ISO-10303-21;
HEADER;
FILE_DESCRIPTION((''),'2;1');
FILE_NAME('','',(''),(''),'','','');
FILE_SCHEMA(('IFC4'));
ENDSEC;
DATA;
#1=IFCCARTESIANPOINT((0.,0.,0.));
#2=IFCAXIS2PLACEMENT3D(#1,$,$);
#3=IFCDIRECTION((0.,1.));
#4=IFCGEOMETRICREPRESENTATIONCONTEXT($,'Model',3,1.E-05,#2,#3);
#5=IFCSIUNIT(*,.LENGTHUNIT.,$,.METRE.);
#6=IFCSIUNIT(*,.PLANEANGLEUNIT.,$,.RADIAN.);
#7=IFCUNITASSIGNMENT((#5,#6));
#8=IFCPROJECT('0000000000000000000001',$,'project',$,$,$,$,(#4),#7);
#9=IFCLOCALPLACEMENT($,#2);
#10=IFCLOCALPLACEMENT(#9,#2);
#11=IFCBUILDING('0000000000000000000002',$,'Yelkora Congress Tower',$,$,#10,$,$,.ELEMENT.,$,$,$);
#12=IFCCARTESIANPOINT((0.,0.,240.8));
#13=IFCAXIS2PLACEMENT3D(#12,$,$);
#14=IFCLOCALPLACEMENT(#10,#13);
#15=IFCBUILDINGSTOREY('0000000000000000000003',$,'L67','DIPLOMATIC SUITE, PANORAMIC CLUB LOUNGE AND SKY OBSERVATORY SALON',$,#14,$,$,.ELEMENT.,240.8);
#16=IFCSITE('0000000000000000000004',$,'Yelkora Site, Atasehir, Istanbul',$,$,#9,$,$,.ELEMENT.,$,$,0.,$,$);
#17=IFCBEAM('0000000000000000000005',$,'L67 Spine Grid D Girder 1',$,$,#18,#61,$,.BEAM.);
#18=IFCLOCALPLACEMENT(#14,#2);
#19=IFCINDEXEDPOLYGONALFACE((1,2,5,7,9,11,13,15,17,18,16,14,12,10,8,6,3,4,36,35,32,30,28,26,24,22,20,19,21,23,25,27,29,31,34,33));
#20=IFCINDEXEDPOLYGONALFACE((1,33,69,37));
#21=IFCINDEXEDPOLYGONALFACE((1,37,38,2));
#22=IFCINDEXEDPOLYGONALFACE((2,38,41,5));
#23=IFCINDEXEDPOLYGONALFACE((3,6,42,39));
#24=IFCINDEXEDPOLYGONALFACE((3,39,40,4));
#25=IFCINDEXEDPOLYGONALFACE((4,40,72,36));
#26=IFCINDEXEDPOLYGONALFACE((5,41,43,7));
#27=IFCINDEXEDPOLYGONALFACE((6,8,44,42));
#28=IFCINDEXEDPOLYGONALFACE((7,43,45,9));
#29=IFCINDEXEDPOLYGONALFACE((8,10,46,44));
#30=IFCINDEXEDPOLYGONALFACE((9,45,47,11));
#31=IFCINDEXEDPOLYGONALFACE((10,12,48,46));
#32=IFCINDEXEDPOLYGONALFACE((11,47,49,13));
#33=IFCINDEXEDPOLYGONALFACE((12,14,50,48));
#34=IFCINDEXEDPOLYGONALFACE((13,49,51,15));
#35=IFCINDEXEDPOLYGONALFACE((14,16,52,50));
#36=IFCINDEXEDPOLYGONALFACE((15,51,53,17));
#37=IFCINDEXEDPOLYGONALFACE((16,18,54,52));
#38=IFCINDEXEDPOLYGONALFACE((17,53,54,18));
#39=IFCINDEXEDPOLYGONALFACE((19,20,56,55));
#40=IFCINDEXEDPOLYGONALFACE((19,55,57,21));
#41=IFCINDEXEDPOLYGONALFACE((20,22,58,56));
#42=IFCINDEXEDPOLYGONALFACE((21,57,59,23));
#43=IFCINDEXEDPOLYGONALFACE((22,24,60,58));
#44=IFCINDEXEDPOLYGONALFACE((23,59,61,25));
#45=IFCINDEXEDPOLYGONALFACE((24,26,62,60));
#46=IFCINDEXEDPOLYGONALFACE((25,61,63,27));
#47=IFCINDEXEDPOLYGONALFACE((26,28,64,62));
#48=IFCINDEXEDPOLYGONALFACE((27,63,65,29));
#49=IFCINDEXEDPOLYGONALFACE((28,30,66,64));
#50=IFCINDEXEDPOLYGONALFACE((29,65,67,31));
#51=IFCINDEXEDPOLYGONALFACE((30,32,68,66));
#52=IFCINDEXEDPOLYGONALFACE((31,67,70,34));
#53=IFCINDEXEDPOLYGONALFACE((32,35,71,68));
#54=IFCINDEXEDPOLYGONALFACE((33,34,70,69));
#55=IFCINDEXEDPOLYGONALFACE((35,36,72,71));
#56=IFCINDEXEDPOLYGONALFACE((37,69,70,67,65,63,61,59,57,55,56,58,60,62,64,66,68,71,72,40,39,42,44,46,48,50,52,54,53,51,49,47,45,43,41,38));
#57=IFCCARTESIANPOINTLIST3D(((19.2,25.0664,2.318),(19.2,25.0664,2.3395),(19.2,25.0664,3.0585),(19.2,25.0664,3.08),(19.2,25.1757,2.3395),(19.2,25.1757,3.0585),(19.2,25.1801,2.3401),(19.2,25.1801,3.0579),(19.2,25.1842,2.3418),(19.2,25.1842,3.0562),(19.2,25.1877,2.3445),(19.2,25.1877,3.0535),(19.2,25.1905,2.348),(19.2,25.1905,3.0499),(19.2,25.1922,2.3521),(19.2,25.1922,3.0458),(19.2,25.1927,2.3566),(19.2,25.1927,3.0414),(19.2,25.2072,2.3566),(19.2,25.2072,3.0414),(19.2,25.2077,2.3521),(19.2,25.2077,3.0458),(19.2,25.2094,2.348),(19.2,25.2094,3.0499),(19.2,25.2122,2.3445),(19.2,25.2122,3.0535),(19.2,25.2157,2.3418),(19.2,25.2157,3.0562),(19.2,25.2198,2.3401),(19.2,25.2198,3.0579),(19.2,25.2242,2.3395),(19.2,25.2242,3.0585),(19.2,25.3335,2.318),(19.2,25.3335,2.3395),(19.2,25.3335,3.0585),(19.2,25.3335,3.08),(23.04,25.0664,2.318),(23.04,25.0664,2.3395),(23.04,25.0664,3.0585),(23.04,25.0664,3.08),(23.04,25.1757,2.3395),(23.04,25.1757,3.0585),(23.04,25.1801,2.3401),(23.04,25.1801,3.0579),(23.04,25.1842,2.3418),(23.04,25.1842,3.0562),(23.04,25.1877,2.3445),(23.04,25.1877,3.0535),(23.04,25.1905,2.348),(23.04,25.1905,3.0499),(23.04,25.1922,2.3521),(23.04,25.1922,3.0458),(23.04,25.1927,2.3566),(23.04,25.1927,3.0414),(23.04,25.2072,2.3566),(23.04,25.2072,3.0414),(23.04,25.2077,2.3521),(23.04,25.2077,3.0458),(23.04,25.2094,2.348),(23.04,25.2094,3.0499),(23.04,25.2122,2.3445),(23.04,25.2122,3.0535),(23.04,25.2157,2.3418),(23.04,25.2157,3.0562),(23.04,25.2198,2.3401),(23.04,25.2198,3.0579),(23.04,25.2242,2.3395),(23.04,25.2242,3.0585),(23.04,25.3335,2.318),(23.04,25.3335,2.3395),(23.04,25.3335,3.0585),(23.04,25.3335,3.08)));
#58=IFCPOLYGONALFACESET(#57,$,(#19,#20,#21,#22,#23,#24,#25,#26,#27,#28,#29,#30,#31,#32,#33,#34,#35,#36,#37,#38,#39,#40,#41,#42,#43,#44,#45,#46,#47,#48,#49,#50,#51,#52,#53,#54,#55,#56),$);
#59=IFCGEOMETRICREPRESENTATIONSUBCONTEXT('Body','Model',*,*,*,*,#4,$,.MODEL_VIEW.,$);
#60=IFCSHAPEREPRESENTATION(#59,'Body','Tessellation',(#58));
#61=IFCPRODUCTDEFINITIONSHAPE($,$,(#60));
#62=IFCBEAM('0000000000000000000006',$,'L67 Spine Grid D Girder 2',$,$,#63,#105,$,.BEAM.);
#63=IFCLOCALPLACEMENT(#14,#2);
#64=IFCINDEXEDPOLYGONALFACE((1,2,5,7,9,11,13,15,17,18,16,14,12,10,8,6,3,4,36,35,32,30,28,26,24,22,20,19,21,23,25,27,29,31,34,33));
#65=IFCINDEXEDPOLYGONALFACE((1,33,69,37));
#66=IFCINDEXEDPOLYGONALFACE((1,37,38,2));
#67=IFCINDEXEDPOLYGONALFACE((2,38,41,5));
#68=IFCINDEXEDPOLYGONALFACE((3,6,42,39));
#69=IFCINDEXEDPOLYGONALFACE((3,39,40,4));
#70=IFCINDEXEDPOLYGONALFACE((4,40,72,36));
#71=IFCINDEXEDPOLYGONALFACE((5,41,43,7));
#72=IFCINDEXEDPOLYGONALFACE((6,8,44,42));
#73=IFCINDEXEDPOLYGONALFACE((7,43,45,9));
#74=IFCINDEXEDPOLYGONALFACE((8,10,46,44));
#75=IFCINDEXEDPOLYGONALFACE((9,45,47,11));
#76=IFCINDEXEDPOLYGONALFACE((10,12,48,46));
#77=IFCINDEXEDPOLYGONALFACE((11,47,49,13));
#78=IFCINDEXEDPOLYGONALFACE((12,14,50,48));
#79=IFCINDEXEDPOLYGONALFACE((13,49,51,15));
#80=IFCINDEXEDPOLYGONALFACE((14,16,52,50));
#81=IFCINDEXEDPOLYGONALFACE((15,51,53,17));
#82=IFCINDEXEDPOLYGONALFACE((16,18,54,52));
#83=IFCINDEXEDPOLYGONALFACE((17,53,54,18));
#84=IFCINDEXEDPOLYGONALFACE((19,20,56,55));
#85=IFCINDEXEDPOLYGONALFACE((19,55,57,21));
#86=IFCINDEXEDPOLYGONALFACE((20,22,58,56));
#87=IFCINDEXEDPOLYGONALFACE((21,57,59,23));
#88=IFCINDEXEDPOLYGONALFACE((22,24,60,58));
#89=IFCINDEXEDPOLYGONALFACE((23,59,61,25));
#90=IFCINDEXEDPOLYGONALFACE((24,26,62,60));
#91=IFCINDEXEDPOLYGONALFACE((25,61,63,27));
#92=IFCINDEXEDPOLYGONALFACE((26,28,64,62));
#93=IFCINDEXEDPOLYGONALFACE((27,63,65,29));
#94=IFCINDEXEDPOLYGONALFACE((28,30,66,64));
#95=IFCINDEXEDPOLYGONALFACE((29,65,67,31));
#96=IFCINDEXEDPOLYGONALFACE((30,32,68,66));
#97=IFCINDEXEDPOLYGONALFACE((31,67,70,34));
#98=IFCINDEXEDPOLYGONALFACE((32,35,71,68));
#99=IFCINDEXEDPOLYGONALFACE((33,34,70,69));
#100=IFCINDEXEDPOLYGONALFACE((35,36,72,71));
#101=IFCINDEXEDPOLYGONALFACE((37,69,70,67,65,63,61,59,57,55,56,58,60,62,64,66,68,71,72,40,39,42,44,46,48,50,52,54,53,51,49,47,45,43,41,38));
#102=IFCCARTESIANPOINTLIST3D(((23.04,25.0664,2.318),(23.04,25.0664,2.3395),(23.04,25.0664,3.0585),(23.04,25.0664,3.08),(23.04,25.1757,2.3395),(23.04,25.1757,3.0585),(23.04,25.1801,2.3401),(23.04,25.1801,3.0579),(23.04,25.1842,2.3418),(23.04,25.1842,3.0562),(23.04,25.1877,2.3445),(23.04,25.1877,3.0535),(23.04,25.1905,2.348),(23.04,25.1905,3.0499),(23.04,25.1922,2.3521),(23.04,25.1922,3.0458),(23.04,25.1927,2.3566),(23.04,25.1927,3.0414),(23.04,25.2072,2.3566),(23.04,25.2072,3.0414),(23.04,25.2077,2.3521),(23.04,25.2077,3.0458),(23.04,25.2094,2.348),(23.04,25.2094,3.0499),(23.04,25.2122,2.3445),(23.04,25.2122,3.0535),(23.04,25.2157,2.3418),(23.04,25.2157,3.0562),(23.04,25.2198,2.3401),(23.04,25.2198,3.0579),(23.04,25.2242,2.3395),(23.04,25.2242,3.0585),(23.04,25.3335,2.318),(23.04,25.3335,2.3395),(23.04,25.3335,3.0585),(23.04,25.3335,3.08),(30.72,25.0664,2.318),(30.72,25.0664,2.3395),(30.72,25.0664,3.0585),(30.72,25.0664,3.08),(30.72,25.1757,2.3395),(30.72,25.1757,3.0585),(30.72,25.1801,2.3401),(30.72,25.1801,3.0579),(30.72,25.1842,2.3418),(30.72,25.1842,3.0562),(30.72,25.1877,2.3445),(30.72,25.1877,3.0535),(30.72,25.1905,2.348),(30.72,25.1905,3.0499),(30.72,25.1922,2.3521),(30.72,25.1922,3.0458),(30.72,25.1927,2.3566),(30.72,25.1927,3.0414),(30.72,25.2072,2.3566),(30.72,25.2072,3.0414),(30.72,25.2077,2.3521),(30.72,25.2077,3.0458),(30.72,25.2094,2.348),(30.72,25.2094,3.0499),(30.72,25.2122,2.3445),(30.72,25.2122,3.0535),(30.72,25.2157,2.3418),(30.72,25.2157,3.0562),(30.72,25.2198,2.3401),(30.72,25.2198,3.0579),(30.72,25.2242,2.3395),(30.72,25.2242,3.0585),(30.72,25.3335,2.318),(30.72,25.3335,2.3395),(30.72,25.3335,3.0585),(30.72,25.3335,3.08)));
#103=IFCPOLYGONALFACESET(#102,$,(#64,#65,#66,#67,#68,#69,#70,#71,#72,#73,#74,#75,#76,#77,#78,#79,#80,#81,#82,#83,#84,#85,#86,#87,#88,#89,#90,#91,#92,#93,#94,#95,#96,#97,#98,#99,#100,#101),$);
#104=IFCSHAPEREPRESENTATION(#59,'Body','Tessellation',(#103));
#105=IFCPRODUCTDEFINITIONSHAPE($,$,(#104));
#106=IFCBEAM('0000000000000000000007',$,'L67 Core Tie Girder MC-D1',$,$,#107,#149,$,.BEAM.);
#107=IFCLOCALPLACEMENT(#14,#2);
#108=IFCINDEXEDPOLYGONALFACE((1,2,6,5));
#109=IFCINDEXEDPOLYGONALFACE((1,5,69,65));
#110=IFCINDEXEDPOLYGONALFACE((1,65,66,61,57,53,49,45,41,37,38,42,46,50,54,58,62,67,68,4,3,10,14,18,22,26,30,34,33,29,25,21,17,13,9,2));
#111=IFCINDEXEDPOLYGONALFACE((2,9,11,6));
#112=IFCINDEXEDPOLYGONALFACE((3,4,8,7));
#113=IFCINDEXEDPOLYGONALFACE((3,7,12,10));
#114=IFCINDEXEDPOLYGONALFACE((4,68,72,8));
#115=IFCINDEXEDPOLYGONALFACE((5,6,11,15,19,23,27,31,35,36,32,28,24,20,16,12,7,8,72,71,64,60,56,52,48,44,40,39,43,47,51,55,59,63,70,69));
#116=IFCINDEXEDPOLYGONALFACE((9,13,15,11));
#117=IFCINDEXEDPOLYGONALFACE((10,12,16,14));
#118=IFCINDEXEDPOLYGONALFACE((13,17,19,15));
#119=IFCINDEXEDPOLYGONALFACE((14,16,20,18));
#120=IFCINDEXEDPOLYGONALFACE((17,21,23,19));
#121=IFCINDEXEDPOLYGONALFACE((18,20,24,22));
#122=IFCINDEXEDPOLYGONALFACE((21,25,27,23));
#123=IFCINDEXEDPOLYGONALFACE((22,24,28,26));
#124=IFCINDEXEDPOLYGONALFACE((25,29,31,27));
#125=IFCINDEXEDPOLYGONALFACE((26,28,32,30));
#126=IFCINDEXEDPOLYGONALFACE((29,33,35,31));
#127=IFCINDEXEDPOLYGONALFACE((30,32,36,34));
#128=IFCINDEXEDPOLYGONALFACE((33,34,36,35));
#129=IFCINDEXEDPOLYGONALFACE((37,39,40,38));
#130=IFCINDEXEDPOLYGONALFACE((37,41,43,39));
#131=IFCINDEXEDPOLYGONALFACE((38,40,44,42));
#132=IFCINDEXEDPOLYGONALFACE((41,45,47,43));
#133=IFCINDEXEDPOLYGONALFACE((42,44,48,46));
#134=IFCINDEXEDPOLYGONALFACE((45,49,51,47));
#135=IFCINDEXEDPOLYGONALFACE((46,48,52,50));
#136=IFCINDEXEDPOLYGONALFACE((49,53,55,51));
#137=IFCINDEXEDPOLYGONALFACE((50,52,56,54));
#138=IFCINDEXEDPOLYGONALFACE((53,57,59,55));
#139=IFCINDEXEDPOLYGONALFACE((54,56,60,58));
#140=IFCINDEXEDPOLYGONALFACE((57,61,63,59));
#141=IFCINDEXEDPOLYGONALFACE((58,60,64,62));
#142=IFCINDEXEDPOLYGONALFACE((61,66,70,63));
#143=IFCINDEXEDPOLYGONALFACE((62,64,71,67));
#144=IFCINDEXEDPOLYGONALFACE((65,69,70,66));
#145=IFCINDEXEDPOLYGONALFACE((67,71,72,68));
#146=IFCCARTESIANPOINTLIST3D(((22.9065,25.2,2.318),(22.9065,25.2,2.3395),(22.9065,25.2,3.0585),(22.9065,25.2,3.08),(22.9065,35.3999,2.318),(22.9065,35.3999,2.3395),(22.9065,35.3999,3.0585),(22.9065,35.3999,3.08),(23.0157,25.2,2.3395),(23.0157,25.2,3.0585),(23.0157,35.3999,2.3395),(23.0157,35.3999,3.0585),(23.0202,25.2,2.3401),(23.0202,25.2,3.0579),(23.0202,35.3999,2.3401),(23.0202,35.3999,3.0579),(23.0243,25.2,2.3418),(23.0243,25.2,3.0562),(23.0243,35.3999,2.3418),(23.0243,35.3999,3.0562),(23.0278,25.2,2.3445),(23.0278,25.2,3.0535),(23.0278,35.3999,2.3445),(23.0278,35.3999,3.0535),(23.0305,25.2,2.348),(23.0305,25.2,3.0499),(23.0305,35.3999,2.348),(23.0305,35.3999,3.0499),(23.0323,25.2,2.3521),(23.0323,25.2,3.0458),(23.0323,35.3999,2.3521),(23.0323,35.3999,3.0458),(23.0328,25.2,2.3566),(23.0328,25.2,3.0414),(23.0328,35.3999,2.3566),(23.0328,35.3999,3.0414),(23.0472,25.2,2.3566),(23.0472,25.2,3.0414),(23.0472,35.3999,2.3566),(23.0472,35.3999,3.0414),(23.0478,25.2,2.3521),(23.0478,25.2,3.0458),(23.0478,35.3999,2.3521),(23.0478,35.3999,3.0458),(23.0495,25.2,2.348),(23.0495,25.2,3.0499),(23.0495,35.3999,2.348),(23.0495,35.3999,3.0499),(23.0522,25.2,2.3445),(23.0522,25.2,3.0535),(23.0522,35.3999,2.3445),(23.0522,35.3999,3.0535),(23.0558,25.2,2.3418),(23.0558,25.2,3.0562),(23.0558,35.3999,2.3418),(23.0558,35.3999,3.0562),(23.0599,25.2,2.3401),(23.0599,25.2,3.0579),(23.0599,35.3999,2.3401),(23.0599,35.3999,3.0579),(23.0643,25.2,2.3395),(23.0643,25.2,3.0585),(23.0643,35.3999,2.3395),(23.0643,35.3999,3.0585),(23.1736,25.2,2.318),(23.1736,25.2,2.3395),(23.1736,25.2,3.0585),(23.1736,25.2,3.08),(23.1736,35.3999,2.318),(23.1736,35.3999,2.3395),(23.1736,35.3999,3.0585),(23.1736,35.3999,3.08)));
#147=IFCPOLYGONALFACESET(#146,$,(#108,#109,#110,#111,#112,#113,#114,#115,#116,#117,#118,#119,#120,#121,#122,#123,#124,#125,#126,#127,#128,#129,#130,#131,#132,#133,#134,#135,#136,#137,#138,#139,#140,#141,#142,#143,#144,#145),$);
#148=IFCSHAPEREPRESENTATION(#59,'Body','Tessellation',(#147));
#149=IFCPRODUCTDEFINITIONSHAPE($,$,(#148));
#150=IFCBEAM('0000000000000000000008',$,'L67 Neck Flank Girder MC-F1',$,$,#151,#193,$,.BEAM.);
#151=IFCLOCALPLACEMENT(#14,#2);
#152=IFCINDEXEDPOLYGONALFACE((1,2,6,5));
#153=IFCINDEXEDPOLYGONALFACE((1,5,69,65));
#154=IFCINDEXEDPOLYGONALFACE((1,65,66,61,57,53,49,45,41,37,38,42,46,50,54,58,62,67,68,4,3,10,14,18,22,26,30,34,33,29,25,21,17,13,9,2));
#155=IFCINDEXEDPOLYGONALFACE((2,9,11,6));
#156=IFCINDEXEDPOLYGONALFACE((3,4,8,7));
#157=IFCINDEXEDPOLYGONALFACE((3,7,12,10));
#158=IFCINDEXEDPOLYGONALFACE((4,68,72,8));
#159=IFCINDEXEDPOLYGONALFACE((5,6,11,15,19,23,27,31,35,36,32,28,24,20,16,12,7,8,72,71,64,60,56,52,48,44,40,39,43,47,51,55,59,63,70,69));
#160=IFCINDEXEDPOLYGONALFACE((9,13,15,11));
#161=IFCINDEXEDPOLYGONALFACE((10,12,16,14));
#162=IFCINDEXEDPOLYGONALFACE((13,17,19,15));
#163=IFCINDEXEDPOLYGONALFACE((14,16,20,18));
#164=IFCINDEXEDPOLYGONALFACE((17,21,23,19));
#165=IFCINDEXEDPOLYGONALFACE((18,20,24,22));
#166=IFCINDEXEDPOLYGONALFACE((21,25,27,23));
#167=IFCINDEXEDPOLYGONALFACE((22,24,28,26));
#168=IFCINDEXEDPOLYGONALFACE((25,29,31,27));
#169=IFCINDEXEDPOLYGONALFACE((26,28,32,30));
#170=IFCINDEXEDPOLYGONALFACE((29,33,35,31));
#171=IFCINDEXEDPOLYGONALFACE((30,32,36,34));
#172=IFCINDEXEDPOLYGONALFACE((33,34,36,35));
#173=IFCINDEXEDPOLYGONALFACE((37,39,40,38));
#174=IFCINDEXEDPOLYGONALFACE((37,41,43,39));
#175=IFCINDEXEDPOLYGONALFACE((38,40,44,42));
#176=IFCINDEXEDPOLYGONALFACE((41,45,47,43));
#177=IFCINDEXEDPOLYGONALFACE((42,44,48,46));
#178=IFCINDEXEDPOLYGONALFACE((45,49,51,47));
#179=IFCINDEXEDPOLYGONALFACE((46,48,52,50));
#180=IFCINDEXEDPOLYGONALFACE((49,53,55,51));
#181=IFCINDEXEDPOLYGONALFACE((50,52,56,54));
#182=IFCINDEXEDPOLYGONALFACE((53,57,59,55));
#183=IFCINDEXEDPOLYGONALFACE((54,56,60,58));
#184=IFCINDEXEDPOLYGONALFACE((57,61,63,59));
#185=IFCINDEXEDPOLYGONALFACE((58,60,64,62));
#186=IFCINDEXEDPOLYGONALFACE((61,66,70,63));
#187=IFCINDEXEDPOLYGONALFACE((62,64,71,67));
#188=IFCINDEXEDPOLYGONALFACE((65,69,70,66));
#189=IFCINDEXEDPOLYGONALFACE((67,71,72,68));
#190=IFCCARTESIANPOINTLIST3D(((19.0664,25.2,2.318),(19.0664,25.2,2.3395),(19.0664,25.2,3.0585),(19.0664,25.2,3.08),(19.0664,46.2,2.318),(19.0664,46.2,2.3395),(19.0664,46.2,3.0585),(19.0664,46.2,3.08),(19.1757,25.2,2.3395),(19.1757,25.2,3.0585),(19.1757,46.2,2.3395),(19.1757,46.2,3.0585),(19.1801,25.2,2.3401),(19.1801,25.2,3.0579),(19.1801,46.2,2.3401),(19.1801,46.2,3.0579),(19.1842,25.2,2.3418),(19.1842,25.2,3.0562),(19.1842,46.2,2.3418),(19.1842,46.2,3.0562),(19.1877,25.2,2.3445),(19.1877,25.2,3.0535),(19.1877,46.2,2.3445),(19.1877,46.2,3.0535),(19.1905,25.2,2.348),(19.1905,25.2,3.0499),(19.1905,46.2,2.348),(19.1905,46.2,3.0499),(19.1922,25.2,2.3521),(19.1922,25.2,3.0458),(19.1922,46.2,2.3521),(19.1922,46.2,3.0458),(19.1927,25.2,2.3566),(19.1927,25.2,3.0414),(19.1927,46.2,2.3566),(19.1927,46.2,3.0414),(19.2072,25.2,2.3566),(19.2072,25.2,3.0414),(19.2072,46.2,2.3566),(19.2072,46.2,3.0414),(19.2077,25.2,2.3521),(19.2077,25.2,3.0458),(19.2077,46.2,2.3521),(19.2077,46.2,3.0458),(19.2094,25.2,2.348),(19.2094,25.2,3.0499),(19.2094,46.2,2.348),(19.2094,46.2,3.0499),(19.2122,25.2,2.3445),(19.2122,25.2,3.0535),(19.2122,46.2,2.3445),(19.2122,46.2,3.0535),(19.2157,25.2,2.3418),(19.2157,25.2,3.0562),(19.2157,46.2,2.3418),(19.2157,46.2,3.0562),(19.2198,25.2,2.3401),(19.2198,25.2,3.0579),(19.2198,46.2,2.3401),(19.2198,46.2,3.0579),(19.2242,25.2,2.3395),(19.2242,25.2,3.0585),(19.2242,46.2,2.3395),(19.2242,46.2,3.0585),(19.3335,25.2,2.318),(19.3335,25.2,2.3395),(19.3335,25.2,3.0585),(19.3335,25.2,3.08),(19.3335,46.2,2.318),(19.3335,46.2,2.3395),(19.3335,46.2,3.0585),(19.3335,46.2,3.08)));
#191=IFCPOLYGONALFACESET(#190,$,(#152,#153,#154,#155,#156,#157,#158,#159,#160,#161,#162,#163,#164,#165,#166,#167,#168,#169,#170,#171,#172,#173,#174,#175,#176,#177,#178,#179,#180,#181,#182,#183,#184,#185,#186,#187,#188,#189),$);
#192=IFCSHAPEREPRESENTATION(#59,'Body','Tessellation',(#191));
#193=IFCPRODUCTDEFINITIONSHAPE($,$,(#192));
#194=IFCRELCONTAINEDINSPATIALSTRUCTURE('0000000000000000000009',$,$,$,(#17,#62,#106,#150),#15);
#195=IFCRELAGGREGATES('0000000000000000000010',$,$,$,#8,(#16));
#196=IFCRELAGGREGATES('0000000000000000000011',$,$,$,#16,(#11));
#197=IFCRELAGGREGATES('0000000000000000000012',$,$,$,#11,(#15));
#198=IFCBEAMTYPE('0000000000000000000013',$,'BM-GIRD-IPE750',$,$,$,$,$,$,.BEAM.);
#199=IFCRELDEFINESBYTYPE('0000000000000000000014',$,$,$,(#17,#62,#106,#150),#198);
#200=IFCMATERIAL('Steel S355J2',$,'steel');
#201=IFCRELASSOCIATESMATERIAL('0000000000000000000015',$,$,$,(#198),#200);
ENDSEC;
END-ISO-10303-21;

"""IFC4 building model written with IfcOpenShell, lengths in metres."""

from ifc_helpers import new_model, si_unit, direction, frame, origin, origin_2d, place, context, subcontext, project, spatial, i_section, extrude, material, material_profile, profile_set, type_object, element, save


model = new_model("IFC4")

# Units and contexts
model_context = context("Model", 3, precision=1e-05, world=origin(), true_north=direction((0.0, 1.0)))
body_context = subcontext(model_context, "Body", "Model", "MODEL_VIEW")
ifc_project = project(units=[si_unit("LENGTHUNIT", "METRE"), si_unit("PLANEANGLEUNIT", "RADIAN")], contexts=[model_context])

# Site, building, storey
site_placement = place(None, origin())
site = spatial("IfcSite", under=ifc_project, at=site_placement, Name="Yelkora Site, Atasehir, Istanbul", CompositionType="ELEMENT", RefElevation=0.0)
building_placement = place(site_placement, origin())
building = spatial("IfcBuilding", under=site, at=building_placement, Name="Yelkora Congress Tower", CompositionType="ELEMENT")
storey_placement = place(building_placement, frame((0.0, 0.0, 240.8)))
storey = spatial("IfcBuildingStorey", under=building, at=storey_placement, Name="L67", Description="DIPLOMATIC SUITE, PANORAMIC CLUB LOUNGE AND SKY OBSERVATORY SALON", CompositionType="ELEMENT", Elevation=240.8)

# Shared definitions
ifc_material_1 = material(Name="Steel S355J2", Category="steel")

# Beams
ifc_material_profile_1 = material_profile(ifc_material_1, i_section(OverallWidth=0.2671, OverallDepth=0.762, WebThickness=0.0144, FlangeThickness=0.0215, FilletRadius=0.0171, at=origin_2d()), Name="IPE 750x173")
ifc_profile_set_1 = profile_set([ifc_material_profile_1], Name="Steel S355J2")
beam_type_1 = type_object("IfcBeamType", Name="BM-GIRD-IPE750", PredefinedType="BEAM", material=ifc_profile_set_1)
beam_1_placement = place(storey_placement, frame((19.2, 25.2, 2.699), z_axis=(1.0, 0.0, 0.0), x_axis=(0.0, 1.0, 0.0)))
element("IfcBeam", 1, at=beam_1_placement, inside=storey, type_object=beam_type_1, Name="L67 Spine Grid D Girder 1", PredefinedType="BEAM", context=body_context, shape_type="SweptSolid", body=[
    extrude(i_section(OverallWidth=0.2671, OverallDepth=0.762, WebThickness=0.0144, FlangeThickness=0.0215, FilletRadius=0.0171, at=origin_2d()), origin(), (0.0, 0.0, 1.0), 3.8401),
])
beam_2_placement = place(storey_placement, frame((23.04, 25.2, 2.699), z_axis=(1.0, 0.0, 0.0), x_axis=(0.0, 1.0, 0.0)))
element("IfcBeam", 2, at=beam_2_placement, inside=storey, type_object=beam_type_1, Name="L67 Spine Grid D Girder 2", PredefinedType="BEAM", context=body_context, shape_type="SweptSolid", body=[
    extrude(i_section(OverallWidth=0.2671, OverallDepth=0.762, WebThickness=0.0144, FlangeThickness=0.0215, FilletRadius=0.0171, at=origin_2d()), origin(), (0.0, 0.0, 1.0), 7.6799),
])
beam_3_placement = place(storey_placement, frame((23.04, 25.2, 2.699), z_axis=(0.0, 1.0, 0.0), x_axis=(-1.0, 0.0, 0.0)))
element("IfcBeam", 3, at=beam_3_placement, inside=storey, type_object=beam_type_1, Name="L67 Core Tie Girder MC-D1", PredefinedType="BEAM", context=body_context, shape_type="SweptSolid", body=[
    extrude(i_section(OverallWidth=0.2671, OverallDepth=0.762, WebThickness=0.0144, FlangeThickness=0.0215, FilletRadius=0.0171, at=origin_2d()), origin(), (0.0, 0.0, 1.0), 10.2),
])
beam_4_placement = place(storey_placement, frame((19.2, 25.2, 2.699), z_axis=(0.0, 1.0, 0.0), x_axis=(-1.0, 0.0, 0.0)))
element("IfcBeam", 4, at=beam_4_placement, inside=storey, type_object=beam_type_1, Name="L67 Neck Flank Girder MC-F1", PredefinedType="BEAM", context=body_context, shape_type="SweptSolid", body=[
    extrude(i_section(OverallWidth=0.2671, OverallDepth=0.762, WebThickness=0.0144, FlangeThickness=0.0215, FilletRadius=0.0171, at=origin_2d()), origin(), (0.0, 0.0, 1.0), 21.0),
])

save(model, "model.ifc")
